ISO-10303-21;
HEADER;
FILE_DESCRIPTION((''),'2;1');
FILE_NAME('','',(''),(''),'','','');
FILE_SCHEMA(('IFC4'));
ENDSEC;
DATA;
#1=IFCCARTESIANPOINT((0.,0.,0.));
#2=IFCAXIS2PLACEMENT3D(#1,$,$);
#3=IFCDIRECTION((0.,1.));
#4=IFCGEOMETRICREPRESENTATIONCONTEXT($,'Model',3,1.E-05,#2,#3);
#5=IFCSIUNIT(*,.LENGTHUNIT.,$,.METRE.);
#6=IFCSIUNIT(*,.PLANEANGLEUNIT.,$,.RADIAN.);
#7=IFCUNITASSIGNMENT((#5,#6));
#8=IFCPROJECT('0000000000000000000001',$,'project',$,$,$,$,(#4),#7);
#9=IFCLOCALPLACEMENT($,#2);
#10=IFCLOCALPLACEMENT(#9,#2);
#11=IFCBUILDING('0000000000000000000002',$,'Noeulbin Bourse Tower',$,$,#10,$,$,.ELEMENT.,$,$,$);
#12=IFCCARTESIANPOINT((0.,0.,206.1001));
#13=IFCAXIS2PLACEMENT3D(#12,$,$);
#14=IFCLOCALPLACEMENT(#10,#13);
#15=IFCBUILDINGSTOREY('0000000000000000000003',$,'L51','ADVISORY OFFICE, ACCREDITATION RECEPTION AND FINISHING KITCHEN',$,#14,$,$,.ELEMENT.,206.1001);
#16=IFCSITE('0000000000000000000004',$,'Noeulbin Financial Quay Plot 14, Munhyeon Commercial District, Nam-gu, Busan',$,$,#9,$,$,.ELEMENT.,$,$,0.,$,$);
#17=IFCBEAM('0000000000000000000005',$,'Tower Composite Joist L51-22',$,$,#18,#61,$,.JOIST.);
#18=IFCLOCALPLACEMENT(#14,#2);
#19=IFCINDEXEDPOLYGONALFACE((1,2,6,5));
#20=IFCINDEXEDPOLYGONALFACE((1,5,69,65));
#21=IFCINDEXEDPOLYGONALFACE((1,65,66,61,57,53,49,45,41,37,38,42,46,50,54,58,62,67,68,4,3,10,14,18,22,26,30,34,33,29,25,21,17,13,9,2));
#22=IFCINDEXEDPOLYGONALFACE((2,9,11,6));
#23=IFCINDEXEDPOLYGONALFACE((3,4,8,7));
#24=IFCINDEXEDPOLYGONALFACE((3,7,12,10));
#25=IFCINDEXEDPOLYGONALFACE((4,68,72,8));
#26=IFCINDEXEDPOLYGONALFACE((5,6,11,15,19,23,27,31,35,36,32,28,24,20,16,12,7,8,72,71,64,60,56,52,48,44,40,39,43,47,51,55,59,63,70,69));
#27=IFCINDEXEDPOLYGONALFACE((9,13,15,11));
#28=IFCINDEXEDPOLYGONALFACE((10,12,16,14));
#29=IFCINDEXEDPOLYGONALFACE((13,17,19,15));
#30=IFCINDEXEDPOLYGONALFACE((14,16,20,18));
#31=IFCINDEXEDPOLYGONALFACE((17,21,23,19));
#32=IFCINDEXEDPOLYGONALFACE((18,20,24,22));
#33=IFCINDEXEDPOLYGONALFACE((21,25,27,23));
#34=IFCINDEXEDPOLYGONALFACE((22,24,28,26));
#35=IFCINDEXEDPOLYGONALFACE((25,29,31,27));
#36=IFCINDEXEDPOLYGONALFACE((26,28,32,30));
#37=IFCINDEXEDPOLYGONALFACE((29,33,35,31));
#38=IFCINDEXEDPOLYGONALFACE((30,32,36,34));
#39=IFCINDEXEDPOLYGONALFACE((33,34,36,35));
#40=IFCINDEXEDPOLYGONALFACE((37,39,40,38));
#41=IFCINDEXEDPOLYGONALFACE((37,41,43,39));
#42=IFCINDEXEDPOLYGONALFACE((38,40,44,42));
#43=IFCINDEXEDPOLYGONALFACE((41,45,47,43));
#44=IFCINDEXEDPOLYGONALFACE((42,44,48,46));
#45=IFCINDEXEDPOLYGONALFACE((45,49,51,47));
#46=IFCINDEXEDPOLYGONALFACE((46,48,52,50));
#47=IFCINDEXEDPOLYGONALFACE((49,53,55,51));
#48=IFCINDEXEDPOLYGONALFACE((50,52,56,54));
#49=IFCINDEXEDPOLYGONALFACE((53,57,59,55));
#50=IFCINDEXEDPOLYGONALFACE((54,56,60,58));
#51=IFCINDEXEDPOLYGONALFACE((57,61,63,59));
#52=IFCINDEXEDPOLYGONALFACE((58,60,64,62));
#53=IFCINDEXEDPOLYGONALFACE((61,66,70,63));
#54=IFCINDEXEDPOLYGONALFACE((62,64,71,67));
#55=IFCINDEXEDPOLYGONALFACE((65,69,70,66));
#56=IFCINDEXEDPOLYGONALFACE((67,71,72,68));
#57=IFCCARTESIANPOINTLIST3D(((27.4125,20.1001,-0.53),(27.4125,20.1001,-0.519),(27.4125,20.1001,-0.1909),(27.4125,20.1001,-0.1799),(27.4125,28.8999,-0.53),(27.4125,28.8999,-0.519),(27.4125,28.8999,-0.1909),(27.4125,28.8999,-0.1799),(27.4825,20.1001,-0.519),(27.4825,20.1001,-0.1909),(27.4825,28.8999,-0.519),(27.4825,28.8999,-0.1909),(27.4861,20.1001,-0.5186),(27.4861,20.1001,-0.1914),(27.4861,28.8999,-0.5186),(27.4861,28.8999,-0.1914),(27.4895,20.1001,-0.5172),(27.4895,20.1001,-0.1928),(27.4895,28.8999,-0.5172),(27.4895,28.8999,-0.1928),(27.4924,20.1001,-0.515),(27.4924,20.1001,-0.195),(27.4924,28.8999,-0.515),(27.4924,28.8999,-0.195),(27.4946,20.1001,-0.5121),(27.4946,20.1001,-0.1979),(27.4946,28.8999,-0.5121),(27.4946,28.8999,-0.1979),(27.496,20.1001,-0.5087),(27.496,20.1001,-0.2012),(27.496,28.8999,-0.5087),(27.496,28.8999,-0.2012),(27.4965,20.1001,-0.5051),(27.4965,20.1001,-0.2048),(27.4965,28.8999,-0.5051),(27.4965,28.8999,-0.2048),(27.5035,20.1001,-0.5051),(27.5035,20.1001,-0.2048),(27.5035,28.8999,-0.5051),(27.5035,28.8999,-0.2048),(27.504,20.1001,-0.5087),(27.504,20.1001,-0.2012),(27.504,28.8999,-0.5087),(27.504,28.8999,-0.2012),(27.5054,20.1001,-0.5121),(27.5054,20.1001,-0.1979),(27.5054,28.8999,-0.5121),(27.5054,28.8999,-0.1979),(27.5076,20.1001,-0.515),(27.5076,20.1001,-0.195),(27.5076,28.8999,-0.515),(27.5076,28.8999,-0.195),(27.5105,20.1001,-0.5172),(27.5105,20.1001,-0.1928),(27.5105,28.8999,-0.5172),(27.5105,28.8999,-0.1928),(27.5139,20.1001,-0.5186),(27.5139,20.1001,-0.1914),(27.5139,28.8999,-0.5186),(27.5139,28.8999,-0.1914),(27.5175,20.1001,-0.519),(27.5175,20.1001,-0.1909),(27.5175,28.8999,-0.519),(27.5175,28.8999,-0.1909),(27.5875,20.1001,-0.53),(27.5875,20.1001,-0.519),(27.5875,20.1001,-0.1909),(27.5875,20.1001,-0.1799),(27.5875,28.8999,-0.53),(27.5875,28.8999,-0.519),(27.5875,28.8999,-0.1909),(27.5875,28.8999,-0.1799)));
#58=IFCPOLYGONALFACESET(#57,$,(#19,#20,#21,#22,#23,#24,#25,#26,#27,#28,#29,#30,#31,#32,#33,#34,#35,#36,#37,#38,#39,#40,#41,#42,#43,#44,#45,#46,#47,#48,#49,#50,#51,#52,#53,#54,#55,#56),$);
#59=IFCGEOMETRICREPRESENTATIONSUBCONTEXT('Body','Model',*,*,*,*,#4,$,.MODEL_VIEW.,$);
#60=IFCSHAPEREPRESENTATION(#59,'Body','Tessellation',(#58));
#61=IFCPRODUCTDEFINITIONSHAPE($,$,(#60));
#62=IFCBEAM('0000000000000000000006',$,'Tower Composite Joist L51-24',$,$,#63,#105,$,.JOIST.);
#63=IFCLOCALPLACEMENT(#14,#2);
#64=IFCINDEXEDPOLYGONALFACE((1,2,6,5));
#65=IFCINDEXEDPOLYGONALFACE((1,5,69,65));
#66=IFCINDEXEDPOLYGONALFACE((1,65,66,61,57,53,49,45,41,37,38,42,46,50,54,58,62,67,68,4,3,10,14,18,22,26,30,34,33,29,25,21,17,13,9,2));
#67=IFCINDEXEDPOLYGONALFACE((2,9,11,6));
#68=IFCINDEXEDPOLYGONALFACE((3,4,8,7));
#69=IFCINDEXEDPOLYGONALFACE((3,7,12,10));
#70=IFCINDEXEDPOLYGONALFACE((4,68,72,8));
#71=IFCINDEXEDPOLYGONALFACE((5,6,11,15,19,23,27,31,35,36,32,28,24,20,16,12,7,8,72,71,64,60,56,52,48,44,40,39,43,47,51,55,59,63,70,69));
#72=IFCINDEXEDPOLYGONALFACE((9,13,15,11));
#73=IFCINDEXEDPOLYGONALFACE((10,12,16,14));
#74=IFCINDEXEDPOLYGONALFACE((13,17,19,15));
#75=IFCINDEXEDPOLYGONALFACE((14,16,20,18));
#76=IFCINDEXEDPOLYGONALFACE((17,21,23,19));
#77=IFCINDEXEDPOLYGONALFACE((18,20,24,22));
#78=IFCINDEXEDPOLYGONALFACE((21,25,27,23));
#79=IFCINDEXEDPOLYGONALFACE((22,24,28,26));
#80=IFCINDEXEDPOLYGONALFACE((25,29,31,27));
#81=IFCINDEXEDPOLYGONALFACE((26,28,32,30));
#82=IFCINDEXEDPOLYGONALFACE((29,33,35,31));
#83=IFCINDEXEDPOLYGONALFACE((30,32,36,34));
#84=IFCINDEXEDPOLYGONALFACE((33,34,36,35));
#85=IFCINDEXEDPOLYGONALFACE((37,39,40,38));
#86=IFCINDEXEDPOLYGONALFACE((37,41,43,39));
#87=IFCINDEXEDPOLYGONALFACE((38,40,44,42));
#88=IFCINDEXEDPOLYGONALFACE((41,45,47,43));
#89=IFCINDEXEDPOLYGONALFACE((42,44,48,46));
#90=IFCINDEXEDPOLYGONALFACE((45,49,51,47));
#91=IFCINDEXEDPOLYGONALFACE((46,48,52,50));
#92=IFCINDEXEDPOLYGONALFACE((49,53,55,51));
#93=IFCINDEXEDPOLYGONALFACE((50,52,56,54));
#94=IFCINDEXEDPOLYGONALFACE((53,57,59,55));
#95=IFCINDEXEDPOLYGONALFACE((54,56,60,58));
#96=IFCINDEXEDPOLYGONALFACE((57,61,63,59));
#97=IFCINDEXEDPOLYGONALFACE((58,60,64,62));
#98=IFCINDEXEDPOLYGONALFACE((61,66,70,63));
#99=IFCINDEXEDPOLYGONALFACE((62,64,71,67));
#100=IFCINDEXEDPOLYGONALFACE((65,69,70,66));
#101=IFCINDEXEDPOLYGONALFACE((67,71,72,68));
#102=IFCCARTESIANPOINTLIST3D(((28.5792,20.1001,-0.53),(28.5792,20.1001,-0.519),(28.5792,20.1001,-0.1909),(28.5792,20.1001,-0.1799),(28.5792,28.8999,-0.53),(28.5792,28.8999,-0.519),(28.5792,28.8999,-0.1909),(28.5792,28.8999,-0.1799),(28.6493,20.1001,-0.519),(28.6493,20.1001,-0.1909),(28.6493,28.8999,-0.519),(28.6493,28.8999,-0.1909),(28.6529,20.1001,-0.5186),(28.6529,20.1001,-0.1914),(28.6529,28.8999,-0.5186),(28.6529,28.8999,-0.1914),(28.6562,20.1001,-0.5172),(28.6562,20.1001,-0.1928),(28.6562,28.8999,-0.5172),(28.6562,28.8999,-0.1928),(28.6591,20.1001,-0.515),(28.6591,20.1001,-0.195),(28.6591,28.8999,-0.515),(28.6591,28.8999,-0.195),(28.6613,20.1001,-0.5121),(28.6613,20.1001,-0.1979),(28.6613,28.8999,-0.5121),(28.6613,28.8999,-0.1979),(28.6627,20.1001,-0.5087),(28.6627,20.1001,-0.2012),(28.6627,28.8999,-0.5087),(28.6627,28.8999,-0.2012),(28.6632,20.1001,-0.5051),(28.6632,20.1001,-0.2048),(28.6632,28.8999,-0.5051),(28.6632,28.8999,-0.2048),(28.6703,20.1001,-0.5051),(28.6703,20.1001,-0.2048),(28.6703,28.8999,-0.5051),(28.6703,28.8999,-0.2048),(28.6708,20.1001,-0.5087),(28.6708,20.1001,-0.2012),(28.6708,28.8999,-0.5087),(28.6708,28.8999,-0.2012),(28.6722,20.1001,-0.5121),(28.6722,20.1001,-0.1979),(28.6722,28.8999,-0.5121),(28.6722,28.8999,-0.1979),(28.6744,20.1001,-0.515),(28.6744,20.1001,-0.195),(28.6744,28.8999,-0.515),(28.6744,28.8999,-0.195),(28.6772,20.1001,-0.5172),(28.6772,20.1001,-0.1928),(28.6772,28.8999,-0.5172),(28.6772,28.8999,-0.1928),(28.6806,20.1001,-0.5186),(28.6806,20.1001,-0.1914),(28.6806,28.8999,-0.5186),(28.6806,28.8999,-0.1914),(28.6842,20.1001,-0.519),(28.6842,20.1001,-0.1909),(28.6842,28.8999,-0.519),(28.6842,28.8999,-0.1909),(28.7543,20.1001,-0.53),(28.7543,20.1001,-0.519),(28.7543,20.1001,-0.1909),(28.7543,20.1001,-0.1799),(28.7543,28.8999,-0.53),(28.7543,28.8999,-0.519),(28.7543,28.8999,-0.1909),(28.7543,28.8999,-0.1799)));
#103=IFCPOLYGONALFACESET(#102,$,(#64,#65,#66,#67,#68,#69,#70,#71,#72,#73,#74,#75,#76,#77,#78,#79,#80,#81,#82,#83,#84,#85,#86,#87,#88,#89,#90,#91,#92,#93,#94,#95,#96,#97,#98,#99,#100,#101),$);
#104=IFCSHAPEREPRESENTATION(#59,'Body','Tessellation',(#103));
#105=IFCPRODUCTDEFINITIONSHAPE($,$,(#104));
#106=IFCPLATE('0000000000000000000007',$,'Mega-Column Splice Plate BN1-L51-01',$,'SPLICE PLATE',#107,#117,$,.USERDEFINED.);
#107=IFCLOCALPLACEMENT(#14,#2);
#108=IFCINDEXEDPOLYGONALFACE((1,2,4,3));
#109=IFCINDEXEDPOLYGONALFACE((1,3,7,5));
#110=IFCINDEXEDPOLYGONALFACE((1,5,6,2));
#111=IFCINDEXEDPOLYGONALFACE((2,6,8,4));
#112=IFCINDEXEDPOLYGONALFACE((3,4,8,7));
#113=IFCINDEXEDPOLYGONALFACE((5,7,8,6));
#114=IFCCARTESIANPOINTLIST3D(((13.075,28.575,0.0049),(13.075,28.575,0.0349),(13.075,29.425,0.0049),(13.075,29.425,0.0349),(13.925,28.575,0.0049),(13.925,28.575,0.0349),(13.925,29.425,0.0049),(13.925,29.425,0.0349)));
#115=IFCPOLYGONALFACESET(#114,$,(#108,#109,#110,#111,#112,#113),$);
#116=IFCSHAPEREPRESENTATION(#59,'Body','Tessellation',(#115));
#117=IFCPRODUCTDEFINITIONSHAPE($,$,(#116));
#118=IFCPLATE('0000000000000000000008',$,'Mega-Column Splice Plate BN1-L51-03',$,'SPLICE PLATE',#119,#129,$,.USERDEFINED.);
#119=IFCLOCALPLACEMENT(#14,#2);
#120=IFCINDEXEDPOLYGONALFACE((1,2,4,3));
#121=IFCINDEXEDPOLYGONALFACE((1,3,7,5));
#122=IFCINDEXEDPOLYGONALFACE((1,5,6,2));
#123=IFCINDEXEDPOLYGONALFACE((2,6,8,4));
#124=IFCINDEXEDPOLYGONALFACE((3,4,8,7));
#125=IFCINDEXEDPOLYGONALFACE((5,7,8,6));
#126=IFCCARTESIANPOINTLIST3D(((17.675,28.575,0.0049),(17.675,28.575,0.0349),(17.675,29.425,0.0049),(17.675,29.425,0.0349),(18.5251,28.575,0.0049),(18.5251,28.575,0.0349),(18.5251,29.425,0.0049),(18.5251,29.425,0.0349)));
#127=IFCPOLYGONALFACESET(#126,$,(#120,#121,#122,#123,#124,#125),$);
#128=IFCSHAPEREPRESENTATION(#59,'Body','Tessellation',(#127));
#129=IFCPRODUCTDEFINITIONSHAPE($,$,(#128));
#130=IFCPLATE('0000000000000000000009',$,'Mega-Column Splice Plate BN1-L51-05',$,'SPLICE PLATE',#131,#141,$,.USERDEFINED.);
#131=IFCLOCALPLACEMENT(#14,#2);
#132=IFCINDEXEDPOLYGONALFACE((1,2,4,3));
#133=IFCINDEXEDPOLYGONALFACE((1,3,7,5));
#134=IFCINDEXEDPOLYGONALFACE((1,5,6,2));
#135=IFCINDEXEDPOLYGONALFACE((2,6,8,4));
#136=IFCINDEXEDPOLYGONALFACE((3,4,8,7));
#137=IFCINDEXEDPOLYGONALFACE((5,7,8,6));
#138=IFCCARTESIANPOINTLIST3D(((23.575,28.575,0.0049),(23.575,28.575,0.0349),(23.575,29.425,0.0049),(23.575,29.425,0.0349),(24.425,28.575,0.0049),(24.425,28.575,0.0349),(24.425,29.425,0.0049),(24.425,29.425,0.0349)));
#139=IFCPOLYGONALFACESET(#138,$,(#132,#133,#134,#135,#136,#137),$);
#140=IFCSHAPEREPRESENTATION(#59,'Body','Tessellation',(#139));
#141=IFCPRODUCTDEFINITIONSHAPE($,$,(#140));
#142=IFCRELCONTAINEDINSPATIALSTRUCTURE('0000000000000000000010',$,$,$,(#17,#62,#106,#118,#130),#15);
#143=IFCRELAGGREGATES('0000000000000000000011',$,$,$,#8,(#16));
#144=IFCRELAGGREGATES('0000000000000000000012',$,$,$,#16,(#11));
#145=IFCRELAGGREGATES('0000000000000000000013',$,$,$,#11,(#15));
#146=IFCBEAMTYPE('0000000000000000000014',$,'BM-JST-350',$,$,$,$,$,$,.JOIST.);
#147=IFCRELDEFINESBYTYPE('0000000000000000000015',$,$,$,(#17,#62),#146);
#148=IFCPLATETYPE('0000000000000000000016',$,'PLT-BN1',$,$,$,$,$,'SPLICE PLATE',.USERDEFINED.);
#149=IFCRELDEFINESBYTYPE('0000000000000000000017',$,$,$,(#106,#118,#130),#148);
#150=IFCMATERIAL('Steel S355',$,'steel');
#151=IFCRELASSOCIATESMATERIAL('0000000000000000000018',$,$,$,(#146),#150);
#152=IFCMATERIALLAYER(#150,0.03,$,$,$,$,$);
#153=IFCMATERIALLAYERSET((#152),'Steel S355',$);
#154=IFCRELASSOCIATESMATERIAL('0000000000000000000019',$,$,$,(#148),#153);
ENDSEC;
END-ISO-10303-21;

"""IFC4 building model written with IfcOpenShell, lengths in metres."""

from ifc_helpers import new_model, si_unit, direction, frame, origin, origin_2d, place, context, subcontext, project, spatial, rectangle, i_section, extrude, material, layer, layer_set, material_profile, profile_set, type_object, element, save


model = new_model("IFC4")

# Units and contexts
model_context = context("Model", 3, precision=1e-05, world=origin(), true_north=direction((0.0, 1.0)))
body_context = subcontext(model_context, "Body", "Model", "MODEL_VIEW")
ifc_project = project(units=[si_unit("LENGTHUNIT", "METRE"), si_unit("PLANEANGLEUNIT", "RADIAN")], contexts=[model_context])

# Site, building, storey
site_placement = place(None, origin())
site = spatial("IfcSite", under=ifc_project, at=site_placement, Name="Noeulbin Financial Quay Plot 14, Munhyeon Commercial District, Nam-gu, Busan", CompositionType="ELEMENT", RefElevation=0.0)
building_placement = place(site_placement, origin())
building = spatial("IfcBuilding", under=site, at=building_placement, Name="Noeulbin Bourse Tower", CompositionType="ELEMENT")
storey_placement = place(building_placement, frame((0.0, 0.0, 206.1001)))
storey = spatial("IfcBuildingStorey", under=building, at=storey_placement, Name="L51", Description="ADVISORY OFFICE, ACCREDITATION RECEPTION AND FINISHING KITCHEN", CompositionType="ELEMENT", Elevation=206.1001)

# Shared definitions
ifc_material_1 = material(Name="Steel S355", Category="steel")

# Beams
ifc_material_profile_1 = material_profile(ifc_material_1, i_section(OverallWidth=0.175, OverallDepth=0.3501, WebThickness=0.0071, FlangeThickness=0.011, FilletRadius=0.0139, at=origin_2d()), Name="H-350x175x7x11", Category="LoadBearing")
ifc_profile_set_1 = profile_set([ifc_material_profile_1], Name="Steel S355")
beam_type_1 = type_object("IfcBeamType", Name="BM-JST-350", PredefinedType="JOIST", material=ifc_profile_set_1)
for number, where, z_axis, x_axis, name in (
    (1, (27.5, 20.1001, -0.355), (0.0, 1.0, 0.0), (-1.0, 0.0, 0.0), "Tower Composite Joist L51-22"),
    (2, (28.6667, 20.1001, -0.355), (0.0, 1.0, 0.0), (-1.0, 0.0, 0.0), "Tower Composite Joist L51-24"),
):
    element("IfcBeam", number, at=place(storey_placement, frame(where, z_axis=z_axis, x_axis=x_axis)), inside=storey, type_object=beam_type_1, Name=name, PredefinedType="JOIST", context=body_context, shape_type="SweptSolid", body=[
        extrude(i_section(OverallWidth=0.175, OverallDepth=0.3501, WebThickness=0.0071, FlangeThickness=0.011, FilletRadius=0.0139, at=origin_2d()), origin(), (0.0, 0.0, 1.0), 8.7998),
    ])

# Plates
ifc_layer_1 = layer(ifc_material_1, 0.03)
ifc_layer_set_1 = layer_set([ifc_layer_1], Name="Steel S355")
plate_type = type_object("IfcPlateType", Name="PLT-BN1", ElementType="SPLICE PLATE", PredefinedType="USERDEFINED", material=ifc_layer_set_1)
for number, where, z_axis, x_axis, name in (
    (3, (13.5, 29.0, 0.0049), (0.0, 0.0, 1.0), (1.0, 0.0, 0.0), "Mega-Column Splice Plate BN1-L51-01"),
    (4, (18.1001, 29.0, 0.0049), (0.0, 0.0, 1.0), (1.0, 0.0, 0.0), "Mega-Column Splice Plate BN1-L51-03"),
    (5, (24.0, 29.0, 0.0049), (0.0, 0.0, 1.0), (1.0, 0.0, 0.0), "Mega-Column Splice Plate BN1-L51-05"),
):
    element("IfcPlate", number, at=place(storey_placement, frame(where, z_axis=z_axis, x_axis=x_axis)), inside=storey, type_object=plate_type, Name=name, ObjectType="SPLICE PLATE", PredefinedType="USERDEFINED", context=body_context, shape_type="SweptSolid", body=[
        extrude(rectangle(XDim=0.8501, YDim=0.8501, at=origin_2d()), origin(), (0.0, 0.0, 1.0), 0.03),
    ])

save(model, "model.ifc")
